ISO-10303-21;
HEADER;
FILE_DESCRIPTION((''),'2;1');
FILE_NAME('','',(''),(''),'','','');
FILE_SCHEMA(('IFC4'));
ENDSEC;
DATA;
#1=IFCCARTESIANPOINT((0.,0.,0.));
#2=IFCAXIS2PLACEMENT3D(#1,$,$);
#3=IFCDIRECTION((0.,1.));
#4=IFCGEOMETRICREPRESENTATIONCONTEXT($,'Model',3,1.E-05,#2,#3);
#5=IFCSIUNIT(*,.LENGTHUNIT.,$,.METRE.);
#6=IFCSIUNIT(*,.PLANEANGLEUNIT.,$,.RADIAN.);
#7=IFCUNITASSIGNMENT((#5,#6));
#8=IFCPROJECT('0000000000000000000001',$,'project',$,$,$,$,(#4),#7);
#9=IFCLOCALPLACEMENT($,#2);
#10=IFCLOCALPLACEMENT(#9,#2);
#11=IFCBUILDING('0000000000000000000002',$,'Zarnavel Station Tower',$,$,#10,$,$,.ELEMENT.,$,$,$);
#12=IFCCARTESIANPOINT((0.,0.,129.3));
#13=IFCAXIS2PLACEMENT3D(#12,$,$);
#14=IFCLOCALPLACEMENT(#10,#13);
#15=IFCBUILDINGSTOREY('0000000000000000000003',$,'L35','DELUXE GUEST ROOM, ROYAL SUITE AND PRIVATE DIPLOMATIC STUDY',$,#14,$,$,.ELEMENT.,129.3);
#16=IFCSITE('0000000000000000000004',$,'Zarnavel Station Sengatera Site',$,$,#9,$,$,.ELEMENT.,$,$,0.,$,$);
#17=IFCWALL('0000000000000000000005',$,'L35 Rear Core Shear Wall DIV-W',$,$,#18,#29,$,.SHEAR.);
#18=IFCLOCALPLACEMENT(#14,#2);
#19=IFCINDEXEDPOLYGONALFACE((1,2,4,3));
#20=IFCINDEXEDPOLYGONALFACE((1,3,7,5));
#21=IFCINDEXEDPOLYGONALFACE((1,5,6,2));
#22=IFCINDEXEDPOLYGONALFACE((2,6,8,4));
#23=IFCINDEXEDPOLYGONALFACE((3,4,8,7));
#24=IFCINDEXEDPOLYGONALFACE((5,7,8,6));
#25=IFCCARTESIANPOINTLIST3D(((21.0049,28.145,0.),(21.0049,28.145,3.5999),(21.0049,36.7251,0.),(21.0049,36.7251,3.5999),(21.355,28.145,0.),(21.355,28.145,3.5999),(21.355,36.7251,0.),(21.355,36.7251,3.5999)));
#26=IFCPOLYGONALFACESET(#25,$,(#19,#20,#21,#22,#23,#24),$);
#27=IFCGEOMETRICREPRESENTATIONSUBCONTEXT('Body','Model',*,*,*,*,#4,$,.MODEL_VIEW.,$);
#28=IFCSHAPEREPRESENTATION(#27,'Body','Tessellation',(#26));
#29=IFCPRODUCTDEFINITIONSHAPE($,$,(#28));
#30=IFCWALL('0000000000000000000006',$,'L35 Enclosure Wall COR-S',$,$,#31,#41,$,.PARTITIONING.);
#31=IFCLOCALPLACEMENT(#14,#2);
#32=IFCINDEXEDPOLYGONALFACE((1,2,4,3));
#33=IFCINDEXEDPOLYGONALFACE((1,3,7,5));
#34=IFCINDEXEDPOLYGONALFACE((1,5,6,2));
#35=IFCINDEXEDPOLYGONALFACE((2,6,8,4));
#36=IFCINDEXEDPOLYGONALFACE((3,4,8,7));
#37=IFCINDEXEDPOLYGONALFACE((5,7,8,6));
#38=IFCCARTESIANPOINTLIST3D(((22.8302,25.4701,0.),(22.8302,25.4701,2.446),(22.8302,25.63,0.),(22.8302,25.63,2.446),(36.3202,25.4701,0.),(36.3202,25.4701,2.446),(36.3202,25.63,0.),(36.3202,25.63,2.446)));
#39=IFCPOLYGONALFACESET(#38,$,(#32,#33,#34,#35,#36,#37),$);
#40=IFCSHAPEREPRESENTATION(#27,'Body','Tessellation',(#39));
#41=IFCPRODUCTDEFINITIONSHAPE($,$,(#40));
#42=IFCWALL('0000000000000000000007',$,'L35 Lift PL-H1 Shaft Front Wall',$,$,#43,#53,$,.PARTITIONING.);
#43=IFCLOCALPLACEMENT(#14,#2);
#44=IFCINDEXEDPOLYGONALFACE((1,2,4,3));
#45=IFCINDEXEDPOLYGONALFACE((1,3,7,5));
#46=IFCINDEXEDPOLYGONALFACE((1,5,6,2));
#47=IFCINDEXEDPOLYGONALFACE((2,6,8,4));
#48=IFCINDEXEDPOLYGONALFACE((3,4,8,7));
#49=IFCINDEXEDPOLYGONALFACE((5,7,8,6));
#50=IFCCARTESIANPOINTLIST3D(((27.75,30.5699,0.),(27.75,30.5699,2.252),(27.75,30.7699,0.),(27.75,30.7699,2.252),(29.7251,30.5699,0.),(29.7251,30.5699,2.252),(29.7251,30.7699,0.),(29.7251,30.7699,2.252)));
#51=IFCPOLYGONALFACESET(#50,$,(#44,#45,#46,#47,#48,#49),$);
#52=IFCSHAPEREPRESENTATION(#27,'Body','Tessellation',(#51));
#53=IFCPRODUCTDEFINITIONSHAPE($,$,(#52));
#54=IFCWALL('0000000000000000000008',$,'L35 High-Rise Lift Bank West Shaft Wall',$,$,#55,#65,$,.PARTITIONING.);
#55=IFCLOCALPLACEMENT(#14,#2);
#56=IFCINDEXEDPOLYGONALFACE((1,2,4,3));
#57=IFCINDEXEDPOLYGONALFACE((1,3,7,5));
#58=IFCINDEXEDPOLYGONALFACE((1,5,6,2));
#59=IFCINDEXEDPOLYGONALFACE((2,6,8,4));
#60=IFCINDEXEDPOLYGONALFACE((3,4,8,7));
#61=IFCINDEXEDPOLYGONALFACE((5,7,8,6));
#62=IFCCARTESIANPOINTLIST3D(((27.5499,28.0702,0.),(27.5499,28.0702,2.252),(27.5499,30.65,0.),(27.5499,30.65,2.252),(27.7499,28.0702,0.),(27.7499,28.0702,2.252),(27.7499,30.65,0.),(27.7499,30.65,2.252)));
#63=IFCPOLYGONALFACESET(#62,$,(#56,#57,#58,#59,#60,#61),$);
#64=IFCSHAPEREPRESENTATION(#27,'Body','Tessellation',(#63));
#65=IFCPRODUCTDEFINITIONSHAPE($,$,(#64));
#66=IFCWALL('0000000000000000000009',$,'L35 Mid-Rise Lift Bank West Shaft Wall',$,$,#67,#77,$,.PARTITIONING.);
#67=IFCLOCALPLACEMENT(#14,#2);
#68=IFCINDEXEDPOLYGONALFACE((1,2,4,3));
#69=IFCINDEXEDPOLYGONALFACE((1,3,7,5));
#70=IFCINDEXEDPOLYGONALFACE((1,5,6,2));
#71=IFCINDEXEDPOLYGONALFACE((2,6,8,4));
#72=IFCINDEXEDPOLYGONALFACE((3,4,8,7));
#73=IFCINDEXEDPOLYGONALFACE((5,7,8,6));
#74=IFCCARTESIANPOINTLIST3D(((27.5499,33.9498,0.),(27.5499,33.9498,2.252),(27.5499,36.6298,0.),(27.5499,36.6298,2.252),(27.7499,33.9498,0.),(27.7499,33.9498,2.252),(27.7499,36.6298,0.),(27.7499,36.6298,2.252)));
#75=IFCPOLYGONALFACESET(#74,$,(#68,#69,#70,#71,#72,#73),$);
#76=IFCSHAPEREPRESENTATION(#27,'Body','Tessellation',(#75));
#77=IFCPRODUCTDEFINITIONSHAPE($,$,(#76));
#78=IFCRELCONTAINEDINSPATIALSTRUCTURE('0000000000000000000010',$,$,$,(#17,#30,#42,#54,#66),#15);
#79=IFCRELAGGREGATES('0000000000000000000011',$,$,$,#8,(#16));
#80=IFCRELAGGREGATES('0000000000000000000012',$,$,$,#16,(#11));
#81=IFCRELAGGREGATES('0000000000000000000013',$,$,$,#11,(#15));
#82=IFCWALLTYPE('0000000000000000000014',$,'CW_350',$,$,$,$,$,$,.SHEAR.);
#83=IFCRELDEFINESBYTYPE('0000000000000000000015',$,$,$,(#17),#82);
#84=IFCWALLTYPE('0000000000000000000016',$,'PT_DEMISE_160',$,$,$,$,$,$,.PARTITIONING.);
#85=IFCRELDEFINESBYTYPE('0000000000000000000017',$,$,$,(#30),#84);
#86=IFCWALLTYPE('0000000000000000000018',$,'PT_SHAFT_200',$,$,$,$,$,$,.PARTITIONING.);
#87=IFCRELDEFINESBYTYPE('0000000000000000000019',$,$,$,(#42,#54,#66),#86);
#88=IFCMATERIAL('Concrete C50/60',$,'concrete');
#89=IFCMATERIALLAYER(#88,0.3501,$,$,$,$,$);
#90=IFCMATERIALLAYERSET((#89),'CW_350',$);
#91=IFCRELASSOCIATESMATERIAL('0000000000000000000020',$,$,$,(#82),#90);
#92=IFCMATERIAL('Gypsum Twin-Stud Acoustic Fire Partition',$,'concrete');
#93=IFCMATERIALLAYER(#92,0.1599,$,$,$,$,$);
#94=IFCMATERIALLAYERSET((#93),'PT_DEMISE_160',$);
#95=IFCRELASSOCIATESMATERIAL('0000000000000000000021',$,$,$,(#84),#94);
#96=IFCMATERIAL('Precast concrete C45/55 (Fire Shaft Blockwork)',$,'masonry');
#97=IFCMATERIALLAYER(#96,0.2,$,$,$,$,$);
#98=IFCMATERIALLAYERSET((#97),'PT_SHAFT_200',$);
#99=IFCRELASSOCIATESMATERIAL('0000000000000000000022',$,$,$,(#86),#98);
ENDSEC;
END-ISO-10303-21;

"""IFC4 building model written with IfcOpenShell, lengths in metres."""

from ifc_helpers import new_model, si_unit, direction, frame, frame_2d, origin, place, context, subcontext, project, spatial, rectangle, extrude, material, layer, layer_set, type_object, element, save


model = new_model("IFC4")

# Units and contexts
model_context = context("Model", 3, precision=1e-05, world=origin(), true_north=direction((0.0, 1.0)))
body_context = subcontext(model_context, "Body", "Model", "MODEL_VIEW")
ifc_project = project(units=[si_unit("LENGTHUNIT", "METRE"), si_unit("PLANEANGLEUNIT", "RADIAN")], contexts=[model_context])

# Site, building, storey
site_placement = place(None, origin())
site = spatial("IfcSite", under=ifc_project, at=site_placement, Name="Zarnavel Station Sengatera Site", CompositionType="ELEMENT", RefElevation=0.0)
building_placement = place(site_placement, origin())
building = spatial("IfcBuilding", under=site, at=building_placement, Name="Zarnavel Station Tower", CompositionType="ELEMENT")
storey_placement = place(building_placement, frame((0.0, 0.0, 129.3)))
storey = spatial("IfcBuildingStorey", under=building, at=storey_placement, Name="L35", Description="DELUXE GUEST ROOM, ROYAL SUITE AND PRIVATE DIPLOMATIC STUDY", CompositionType="ELEMENT", Elevation=129.3)

# Walls
ifc_material_1 = material(Name="Concrete C50/60", Category="concrete")
ifc_layer_1 = layer(ifc_material_1, 0.3501)
ifc_layer_set_1 = layer_set([ifc_layer_1], Name="CW_350")
wall_type_1 = type_object("IfcWallType", Name="CW_350", PredefinedType="SHEAR", material=ifc_layer_set_1)
wall_1_placement = place(storey_placement, frame((21.1799, 28.145, 0.0), z_axis=(0.0, 0.0, 1.0), x_axis=(0.0, 1.0, 0.0)))
element("IfcWall", 1, at=wall_1_placement, inside=storey, type_object=wall_type_1, Name="L35 Rear Core Shear Wall DIV-W", PredefinedType="SHEAR", context=body_context, shape_type="SweptSolid", body=[
    extrude(rectangle(XDim=8.5801, YDim=0.3501, at=frame_2d((4.29, 0.0))), origin(), (0.0, 0.0, 1.0), 3.5999),
])
ifc_material_2 = material(Name="Gypsum Twin-Stud Acoustic Fire Partition", Category="concrete")
ifc_layer_2 = layer(ifc_material_2, 0.1599)
ifc_layer_set_2 = layer_set([ifc_layer_2], Name="PT_DEMISE_160")
wall_type_2 = type_object("IfcWallType", Name="PT_DEMISE_160", PredefinedType="PARTITIONING", material=ifc_layer_set_2)
wall_2_placement = place(storey_placement, frame((22.8301, 25.55, 0.0), z_axis=(0.0, 0.0, 1.0), x_axis=(1.0, 0.0, 0.0)))
element("IfcWall", 2, at=wall_2_placement, inside=storey, type_object=wall_type_2, Name="L35 Enclosure Wall COR-S", PredefinedType="PARTITIONING", context=body_context, shape_type="SweptSolid", body=[
    extrude(rectangle(XDim=13.49, YDim=0.1599, at=frame_2d((6.7451, 0.0))), origin(), (0.0, 0.0, 1.0), 2.446),
])
ifc_material_3 = material(Name="Precast concrete C45/55 (Fire Shaft Blockwork)", Category="masonry")
ifc_layer_3 = layer(ifc_material_3, 0.2)
ifc_layer_set_3 = layer_set([ifc_layer_3], Name="PT_SHAFT_200")
wall_type_3 = type_object("IfcWallType", Name="PT_SHAFT_200", PredefinedType="PARTITIONING", material=ifc_layer_set_3)
wall_3_placement = place(storey_placement, frame((27.75, 30.6699, 0.0), z_axis=(0.0, 0.0, 1.0), x_axis=(1.0, 0.0, 0.0)))
element("IfcWall", 3, at=wall_3_placement, inside=storey, type_object=wall_type_3, Name="L35 Lift PL-H1 Shaft Front Wall", PredefinedType="PARTITIONING", context=body_context, shape_type="SweptSolid", body=[
    extrude(rectangle(XDim=1.9751, YDim=0.2, at=frame_2d((0.9875, 0.0))), origin(), (0.0, 0.0, 1.0), 2.252),
])
wall_4_placement = place(storey_placement, frame((27.6499, 28.0701, 0.0), z_axis=(0.0, 0.0, 1.0), x_axis=(0.0, 1.0, 0.0)))
element("IfcWall", 4, at=wall_4_placement, inside=storey, type_object=wall_type_3, Name="L35 High-Rise Lift Bank West Shaft Wall", PredefinedType="PARTITIONING", context=body_context, shape_type="SweptSolid", body=[
    extrude(rectangle(XDim=2.5798, YDim=0.2, at=frame_2d((1.29, 0.0))), origin(), (0.0, 0.0, 1.0), 2.252),
])

# Wall
wall_5_placement = place(storey_placement, frame((27.6499, 33.95, 0.0), z_axis=(0.0, 0.0, 1.0), x_axis=(0.0, 1.0, 0.0)))
element("IfcWall", 5, at=wall_5_placement, inside=storey, type_object=wall_type_3, Name="L35 Mid-Rise Lift Bank West Shaft Wall", PredefinedType="PARTITIONING", context=body_context, shape_type="SweptSolid", body=[
    extrude(rectangle(XDim=2.6799, YDim=0.2, at=frame_2d((1.3398, 0.0))), origin(), (0.0, 0.0, 1.0), 2.252),
])

save(model, "model.ifc")
